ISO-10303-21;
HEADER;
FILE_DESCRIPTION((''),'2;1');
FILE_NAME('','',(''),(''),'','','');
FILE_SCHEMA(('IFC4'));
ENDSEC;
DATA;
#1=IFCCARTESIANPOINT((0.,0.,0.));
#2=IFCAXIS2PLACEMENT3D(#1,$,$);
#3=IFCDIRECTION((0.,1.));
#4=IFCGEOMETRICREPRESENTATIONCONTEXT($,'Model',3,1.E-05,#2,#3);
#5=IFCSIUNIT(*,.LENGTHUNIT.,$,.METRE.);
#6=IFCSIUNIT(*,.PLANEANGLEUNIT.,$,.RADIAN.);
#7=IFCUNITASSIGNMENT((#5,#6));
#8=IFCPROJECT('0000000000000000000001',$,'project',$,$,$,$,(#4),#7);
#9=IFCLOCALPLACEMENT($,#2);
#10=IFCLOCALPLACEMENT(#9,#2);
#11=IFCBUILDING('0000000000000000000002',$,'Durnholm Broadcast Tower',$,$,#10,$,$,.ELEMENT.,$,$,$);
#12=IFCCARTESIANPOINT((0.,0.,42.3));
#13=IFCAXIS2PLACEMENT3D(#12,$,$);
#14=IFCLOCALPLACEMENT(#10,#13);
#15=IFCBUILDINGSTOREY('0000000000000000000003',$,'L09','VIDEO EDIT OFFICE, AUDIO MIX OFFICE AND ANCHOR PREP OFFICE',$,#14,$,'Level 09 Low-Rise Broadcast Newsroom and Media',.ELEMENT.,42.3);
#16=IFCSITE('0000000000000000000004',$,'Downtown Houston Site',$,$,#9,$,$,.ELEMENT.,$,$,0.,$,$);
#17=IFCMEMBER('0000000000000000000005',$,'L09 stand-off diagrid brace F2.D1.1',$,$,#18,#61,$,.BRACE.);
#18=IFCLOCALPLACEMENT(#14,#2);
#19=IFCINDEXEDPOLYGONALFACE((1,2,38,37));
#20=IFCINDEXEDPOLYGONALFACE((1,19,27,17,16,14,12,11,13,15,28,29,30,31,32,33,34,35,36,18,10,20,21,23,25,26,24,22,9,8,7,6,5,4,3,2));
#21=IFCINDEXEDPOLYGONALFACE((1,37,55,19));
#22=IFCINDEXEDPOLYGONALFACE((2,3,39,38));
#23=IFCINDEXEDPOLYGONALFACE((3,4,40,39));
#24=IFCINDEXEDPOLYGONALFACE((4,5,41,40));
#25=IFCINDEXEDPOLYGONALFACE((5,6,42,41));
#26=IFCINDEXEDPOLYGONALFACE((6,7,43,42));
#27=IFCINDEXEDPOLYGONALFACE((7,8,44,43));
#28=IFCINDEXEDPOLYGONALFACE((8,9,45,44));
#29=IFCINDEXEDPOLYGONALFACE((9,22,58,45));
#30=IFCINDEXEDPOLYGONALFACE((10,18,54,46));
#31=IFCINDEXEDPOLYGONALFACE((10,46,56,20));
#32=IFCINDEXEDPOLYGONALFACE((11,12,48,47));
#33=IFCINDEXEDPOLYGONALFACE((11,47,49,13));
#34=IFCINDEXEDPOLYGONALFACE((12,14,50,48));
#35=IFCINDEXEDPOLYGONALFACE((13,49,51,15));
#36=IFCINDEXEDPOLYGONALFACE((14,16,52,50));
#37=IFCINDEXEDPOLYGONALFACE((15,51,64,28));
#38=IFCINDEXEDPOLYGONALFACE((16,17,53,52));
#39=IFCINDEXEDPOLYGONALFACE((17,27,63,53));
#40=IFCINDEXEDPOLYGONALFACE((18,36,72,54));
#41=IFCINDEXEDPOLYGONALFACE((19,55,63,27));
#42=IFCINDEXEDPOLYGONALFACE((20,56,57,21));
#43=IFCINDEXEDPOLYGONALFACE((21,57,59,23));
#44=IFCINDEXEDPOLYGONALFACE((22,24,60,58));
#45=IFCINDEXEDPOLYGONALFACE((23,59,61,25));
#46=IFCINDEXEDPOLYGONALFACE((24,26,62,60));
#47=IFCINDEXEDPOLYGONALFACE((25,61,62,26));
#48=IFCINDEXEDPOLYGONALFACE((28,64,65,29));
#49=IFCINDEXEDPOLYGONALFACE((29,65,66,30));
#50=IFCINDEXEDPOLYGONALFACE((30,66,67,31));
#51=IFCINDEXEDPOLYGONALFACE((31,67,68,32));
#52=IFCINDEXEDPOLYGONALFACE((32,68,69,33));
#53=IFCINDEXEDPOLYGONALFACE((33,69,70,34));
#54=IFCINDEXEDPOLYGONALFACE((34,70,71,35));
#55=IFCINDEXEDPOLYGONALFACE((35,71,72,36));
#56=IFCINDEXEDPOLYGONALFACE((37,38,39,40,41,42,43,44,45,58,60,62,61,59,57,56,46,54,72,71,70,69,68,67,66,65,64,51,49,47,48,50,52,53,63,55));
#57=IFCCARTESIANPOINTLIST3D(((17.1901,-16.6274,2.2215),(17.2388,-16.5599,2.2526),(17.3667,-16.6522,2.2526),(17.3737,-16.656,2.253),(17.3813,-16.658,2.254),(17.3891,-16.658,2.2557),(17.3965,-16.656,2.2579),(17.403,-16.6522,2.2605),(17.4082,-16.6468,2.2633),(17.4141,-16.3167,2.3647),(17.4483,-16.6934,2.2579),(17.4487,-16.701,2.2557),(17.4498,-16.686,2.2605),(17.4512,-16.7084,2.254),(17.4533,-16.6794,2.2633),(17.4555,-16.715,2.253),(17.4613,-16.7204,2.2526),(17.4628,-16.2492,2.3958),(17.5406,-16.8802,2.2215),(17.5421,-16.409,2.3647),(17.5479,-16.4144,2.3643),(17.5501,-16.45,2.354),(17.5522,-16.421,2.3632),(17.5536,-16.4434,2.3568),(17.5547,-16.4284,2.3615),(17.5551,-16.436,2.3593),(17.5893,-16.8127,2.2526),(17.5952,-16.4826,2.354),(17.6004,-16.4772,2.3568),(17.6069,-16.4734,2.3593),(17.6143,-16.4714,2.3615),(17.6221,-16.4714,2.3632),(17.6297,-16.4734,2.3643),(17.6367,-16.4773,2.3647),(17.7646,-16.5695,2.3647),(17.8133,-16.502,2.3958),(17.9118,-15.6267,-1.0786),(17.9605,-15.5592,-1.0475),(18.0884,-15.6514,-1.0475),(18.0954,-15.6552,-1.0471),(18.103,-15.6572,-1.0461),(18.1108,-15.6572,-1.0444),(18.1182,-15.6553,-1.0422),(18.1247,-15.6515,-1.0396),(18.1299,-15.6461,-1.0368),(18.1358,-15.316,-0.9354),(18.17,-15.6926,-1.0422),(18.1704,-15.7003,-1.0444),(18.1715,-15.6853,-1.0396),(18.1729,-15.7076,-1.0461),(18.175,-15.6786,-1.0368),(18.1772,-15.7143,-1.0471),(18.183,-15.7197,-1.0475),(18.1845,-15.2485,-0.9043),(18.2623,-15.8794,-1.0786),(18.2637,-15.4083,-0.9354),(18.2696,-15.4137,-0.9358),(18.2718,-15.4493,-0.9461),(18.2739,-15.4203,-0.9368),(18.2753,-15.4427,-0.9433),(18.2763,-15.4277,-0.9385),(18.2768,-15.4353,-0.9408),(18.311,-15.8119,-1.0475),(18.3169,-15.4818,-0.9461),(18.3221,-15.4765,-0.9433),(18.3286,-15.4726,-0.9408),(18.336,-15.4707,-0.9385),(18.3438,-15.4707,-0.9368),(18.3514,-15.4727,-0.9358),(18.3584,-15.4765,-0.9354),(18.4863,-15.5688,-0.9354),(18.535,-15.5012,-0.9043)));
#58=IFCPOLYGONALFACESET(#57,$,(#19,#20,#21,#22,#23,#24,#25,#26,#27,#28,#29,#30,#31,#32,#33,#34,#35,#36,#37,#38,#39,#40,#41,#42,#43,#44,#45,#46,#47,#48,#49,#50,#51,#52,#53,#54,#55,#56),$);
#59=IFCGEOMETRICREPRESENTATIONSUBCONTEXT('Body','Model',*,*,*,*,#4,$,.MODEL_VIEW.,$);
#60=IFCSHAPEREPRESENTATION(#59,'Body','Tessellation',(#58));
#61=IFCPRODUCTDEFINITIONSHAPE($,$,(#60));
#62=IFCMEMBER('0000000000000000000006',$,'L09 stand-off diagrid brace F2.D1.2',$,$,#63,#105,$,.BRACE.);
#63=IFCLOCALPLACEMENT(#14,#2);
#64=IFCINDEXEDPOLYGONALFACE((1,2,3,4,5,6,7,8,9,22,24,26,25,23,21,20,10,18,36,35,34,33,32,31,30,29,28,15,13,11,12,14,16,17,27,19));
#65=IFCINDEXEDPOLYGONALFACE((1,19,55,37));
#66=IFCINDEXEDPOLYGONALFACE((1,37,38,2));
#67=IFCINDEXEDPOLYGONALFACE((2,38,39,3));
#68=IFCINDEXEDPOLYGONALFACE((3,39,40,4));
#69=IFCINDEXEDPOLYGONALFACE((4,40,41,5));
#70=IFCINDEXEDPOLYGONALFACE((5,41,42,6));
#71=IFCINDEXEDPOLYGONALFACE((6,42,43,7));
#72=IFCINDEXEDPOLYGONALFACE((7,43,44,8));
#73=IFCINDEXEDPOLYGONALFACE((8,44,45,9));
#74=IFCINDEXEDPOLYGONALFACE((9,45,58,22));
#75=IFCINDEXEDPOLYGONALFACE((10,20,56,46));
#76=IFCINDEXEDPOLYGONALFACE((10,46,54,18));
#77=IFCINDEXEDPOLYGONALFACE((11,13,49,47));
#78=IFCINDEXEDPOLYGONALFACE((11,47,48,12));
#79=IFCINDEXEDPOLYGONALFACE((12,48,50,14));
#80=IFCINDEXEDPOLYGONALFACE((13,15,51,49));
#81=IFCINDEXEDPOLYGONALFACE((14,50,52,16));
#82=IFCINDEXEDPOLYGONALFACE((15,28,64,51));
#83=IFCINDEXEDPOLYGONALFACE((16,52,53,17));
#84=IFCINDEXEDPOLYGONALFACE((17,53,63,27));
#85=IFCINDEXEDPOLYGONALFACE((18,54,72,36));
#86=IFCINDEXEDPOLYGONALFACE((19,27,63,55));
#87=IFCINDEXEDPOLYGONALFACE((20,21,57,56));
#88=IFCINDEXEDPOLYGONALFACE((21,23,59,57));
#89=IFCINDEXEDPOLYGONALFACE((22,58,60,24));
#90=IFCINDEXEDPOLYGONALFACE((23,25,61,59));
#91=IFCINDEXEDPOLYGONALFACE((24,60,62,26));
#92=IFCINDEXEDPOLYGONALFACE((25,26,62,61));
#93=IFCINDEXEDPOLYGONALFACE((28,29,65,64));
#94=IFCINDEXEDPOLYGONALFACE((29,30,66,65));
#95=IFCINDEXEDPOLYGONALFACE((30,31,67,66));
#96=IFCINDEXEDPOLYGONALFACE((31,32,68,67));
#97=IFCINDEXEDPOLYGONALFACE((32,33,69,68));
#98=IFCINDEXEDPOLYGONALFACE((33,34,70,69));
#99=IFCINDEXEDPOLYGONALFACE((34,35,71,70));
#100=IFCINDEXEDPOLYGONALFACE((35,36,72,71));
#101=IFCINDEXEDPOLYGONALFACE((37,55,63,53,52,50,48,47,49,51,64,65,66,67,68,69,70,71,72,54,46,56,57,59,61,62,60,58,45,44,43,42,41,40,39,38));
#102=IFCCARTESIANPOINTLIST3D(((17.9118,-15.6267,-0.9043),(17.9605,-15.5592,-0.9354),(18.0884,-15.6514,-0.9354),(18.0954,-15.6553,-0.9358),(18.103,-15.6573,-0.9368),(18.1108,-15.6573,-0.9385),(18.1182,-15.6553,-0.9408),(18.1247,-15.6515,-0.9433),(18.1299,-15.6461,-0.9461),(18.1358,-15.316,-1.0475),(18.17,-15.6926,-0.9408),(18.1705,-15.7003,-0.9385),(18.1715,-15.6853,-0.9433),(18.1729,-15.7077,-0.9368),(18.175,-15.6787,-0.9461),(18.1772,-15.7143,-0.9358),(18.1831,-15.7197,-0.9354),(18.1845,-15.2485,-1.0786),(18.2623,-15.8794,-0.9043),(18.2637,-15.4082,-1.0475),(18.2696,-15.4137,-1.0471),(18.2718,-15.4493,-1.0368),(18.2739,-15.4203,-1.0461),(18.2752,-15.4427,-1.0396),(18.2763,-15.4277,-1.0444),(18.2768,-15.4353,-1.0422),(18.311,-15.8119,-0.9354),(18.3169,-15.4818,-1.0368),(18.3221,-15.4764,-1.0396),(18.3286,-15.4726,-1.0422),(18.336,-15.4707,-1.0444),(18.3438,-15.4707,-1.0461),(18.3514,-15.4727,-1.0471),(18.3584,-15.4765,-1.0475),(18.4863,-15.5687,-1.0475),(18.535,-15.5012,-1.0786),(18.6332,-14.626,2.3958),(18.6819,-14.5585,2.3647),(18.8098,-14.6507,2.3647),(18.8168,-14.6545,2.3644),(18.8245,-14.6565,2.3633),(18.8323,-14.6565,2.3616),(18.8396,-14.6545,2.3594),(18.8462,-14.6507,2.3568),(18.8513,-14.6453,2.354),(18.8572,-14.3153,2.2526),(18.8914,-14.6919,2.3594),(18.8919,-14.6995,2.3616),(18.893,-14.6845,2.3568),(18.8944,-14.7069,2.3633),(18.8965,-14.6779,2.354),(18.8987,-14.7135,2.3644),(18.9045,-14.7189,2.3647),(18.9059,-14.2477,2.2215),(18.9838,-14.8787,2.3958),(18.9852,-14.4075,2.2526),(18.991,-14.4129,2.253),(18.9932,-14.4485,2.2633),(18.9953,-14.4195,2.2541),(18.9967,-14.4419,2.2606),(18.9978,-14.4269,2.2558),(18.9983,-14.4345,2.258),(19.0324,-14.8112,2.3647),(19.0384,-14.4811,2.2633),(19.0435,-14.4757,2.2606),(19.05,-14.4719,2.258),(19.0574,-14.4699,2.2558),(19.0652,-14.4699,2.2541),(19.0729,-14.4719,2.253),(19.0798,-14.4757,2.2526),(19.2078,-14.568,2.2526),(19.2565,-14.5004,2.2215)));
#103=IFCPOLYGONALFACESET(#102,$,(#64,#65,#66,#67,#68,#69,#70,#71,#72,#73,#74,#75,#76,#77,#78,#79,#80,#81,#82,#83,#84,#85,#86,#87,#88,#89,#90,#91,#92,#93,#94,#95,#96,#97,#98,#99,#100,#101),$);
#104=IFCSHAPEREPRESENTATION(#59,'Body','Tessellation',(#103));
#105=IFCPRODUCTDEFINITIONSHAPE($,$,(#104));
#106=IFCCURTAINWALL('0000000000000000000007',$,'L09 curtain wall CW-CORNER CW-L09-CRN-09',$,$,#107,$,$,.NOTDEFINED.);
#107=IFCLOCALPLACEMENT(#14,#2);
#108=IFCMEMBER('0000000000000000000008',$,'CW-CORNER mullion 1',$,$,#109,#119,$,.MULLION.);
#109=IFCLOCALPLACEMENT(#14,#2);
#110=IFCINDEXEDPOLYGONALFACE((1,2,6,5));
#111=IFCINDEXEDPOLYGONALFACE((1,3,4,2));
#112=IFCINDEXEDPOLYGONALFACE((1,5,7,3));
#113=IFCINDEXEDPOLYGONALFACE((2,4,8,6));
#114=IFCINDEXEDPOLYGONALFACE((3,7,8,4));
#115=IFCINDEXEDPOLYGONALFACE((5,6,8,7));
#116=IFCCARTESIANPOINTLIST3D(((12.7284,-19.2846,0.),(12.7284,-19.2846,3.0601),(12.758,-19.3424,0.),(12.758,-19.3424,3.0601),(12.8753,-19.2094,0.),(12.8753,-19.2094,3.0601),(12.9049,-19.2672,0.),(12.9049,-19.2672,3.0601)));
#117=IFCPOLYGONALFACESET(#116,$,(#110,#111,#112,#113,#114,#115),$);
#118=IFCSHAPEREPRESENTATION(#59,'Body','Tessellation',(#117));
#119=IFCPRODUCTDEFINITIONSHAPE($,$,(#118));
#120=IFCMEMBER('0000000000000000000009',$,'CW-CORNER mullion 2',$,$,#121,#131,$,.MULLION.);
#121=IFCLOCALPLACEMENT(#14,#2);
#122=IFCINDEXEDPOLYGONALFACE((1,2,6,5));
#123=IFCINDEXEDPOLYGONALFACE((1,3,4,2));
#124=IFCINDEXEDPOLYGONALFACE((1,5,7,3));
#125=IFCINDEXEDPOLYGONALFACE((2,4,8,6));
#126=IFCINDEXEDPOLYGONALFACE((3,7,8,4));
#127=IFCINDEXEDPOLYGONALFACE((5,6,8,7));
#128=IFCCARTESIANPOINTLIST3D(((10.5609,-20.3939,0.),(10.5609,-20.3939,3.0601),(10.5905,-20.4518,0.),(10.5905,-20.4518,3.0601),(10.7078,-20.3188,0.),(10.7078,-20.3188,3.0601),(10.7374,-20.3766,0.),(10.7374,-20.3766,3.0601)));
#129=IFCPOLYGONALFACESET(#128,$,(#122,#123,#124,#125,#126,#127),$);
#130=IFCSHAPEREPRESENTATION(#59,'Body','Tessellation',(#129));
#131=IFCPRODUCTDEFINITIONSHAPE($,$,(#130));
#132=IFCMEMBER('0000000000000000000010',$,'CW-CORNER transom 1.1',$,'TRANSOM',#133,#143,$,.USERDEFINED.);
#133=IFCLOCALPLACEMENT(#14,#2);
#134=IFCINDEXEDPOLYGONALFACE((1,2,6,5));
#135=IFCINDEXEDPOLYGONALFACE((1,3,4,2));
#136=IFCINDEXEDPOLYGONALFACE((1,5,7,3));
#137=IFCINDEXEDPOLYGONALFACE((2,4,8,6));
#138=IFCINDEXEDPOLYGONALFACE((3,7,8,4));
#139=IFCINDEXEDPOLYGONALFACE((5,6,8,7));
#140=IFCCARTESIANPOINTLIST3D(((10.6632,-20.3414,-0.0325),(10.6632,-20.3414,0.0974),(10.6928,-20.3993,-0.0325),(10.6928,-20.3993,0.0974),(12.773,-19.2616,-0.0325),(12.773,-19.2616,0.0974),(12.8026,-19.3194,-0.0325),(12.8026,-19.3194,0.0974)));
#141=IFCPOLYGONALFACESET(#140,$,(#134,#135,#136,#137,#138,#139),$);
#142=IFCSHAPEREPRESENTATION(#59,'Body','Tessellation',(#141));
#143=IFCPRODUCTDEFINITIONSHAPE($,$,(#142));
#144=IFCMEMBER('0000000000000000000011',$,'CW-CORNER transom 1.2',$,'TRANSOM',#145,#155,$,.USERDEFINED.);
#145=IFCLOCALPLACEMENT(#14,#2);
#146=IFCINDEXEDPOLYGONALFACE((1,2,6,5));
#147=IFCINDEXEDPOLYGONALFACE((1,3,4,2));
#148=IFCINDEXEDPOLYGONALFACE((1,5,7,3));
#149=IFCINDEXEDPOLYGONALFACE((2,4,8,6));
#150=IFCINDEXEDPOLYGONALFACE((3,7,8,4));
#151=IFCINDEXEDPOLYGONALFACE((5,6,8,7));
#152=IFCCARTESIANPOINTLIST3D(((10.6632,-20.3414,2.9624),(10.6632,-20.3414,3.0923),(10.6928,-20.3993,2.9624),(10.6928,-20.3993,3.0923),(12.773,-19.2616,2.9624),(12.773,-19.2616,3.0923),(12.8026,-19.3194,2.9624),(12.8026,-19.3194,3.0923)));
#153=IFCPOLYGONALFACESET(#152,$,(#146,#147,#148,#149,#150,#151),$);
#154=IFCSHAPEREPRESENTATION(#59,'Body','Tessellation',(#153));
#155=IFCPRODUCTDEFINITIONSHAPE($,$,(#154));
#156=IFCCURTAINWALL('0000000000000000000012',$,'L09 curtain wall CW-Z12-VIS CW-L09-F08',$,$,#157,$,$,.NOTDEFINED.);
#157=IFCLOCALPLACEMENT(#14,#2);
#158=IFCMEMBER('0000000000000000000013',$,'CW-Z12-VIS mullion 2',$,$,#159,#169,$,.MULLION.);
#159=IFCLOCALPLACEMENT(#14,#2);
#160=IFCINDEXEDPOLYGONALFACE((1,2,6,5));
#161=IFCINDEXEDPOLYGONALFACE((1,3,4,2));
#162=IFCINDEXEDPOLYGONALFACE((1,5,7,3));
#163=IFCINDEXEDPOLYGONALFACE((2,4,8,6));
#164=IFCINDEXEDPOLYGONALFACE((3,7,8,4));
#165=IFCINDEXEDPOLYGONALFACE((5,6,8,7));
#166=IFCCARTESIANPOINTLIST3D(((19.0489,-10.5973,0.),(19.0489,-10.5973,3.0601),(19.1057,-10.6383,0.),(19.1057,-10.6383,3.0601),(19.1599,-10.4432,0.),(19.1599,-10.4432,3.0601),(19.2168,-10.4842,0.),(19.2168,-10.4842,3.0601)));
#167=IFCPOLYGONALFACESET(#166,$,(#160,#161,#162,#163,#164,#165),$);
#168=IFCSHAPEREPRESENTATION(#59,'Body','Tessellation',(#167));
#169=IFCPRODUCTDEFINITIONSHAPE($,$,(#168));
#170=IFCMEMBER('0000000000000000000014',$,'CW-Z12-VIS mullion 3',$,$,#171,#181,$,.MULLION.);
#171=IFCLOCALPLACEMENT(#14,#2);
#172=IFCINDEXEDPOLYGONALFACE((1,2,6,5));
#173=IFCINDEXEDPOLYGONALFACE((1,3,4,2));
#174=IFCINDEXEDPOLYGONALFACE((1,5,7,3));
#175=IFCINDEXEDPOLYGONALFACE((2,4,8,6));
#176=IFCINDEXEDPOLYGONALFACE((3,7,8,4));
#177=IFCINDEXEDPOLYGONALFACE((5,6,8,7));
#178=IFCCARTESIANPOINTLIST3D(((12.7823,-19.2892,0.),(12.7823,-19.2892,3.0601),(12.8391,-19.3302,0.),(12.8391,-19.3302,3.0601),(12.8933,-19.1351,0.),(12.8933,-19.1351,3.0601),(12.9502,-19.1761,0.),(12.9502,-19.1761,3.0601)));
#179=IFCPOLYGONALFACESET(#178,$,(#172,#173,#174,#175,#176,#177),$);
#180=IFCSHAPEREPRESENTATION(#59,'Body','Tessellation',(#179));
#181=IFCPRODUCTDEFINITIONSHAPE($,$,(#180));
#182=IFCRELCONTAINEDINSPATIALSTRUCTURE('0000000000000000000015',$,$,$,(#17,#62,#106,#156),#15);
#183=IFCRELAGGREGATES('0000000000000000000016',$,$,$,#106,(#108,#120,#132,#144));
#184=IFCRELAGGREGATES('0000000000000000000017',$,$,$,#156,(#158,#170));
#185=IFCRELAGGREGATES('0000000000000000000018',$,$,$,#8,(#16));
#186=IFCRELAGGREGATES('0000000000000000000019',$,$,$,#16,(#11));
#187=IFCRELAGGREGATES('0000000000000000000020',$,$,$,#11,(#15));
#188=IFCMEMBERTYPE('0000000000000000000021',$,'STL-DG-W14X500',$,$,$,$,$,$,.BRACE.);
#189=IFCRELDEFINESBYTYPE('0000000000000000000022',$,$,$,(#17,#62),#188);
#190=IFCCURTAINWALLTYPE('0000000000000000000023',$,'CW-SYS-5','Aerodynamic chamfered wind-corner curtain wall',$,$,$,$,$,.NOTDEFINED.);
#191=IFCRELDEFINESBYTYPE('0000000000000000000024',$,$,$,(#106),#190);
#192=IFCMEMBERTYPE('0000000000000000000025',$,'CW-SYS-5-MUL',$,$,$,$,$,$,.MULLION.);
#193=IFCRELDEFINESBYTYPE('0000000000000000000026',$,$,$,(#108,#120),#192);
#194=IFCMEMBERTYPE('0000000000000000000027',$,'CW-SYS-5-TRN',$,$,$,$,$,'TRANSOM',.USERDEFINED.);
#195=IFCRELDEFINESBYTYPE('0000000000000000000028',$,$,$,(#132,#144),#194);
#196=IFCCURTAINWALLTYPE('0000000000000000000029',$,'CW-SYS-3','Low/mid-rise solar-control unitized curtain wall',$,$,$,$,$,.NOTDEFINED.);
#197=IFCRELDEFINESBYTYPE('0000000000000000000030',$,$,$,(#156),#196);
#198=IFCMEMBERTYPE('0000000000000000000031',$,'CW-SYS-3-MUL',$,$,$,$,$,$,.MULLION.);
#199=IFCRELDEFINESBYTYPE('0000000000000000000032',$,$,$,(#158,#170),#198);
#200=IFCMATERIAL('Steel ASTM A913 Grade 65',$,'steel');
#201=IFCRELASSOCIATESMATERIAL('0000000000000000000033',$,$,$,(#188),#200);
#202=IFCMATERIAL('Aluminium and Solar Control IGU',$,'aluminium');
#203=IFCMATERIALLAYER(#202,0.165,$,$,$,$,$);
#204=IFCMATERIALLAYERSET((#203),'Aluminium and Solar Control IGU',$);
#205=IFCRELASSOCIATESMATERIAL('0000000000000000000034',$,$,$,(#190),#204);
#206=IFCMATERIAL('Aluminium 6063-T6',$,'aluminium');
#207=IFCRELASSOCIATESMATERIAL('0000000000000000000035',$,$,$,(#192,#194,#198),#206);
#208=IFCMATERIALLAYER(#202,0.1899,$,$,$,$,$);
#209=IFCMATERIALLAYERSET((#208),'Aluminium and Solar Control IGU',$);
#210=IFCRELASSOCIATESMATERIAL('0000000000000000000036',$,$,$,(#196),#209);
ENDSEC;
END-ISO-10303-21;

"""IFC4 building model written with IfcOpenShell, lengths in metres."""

from ifc_helpers import new_model, si_unit, direction, frame, origin, origin_2d, place, context, subcontext, project, spatial, rectangle, i_section, extrude, source, transform, mapped, material, layer, layer_set, material_profile, profile_set, type_object, type_shapes, element, aggregate, save


model = new_model("IFC4")

# Units and contexts
model_context = context("Model", 3, precision=1e-05, world=origin(), true_north=direction((0.0, 1.0)))
body_context = subcontext(model_context, "Body", "Model", "MODEL_VIEW")
ifc_project = project(units=[si_unit("LENGTHUNIT", "METRE"), si_unit("PLANEANGLEUNIT", "RADIAN")], contexts=[model_context])

# Site, building, storey
site_placement = place(None, origin())
site = spatial("IfcSite", under=ifc_project, at=site_placement, Name="Downtown Houston Site", CompositionType="ELEMENT", RefElevation=0.0)
building_placement = place(site_placement, origin())
building = spatial("IfcBuilding", under=site, at=building_placement, Name="Durnholm Broadcast Tower", CompositionType="ELEMENT")
storey_placement = place(building_placement, frame((0.0, 0.0, 42.3)))
storey = spatial("IfcBuildingStorey", under=building, at=storey_placement, Name="L09", Description="VIDEO EDIT OFFICE, AUDIO MIX OFFICE AND ANCHOR PREP OFFICE", LongName="Level 09 Low-Rise Broadcast Newsroom and Media", CompositionType="ELEMENT", Elevation=42.3)

# Members
ifc_material_1 = material(Name="Steel ASTM A913 Grade 65", Category="steel")
ifc_material_profile_1 = material_profile(ifc_material_1, i_section(OverallWidth=0.4321, OverallDepth=0.4978, WebThickness=0.0557, FlangeThickness=0.0889, FilletRadius=0.0305, at=origin_2d()), Name="W14X500")
ifc_profile_set_1 = profile_set([ifc_material_profile_1], Name="Steel ASTM A913 Grade 65")
member_type_1 = type_object("IfcMemberType", Name="STL-DG-W14X500", PredefinedType="BRACE", material=ifc_profile_set_1)
shared_shape_1 = source(origin(), body_context, "Body", "SweptSolid", [
    extrude(i_section(OverallWidth=0.4321, OverallDepth=0.4978, WebThickness=0.0557, FlangeThickness=0.0889, FilletRadius=0.0305, at=origin_2d()), origin(), (0.0, 0.0, 1.0), 3.5232),
])
type_shapes(member_type_1, [shared_shape_1])
for number, where, z_axis, x_axis, name in (
    (1, (18.2234, -15.564, -0.9915), (-0.204839, -0.284045, 0.936675), (0.811091, -0.58492, 0.0), "L09 stand-off diagrid brace F2.D1.1"),
    (2, (18.2234, -15.564, -0.9915), (0.204773, 0.284049, 0.936688), (-0.811185, 0.584789, 0.0), "L09 stand-off diagrid brace F2.D1.2"),
):
    element("IfcMember", number, at=place(storey_placement, frame(where, z_axis=z_axis, x_axis=x_axis)), inside=storey, type_object=member_type_1, Name=name, PredefinedType="BRACE", context=body_context, shape_type="MappedRepresentation", body=[
        mapped(shared_shape_1, transform((0.0, 0.0, 0.0), x_axis=(1.0, 0.0, 0.0), y_axis=(0.0, 1.0, 0.0), z_axis=(0.0, 0.0, 1.0), scale=1.0)),
    ])

# Curtain walls, members
ifc_material_2 = material(Name="Aluminium and Solar Control IGU", Category="aluminium")
ifc_layer_1 = layer(ifc_material_2, 0.165)
ifc_layer_set_1 = layer_set([ifc_layer_1], Name="Aluminium and Solar Control IGU")
curtain_wall_type_1 = type_object("IfcCurtainWallType", Name="CW-SYS-5", Description="Aerodynamic chamfered wind-corner curtain wall", PredefinedType="NOTDEFINED", material=ifc_layer_set_1)
curtain_wall_1_placement = place(storey_placement, origin())
curtain_wall_1 = element("IfcCurtainWall", 3, at=curtain_wall_1_placement, inside=storey, type_object=curtain_wall_type_1, Name="L09 curtain wall CW-CORNER CW-L09-CRN-09", PredefinedType="NOTDEFINED")
ifc_material_3 = material(Name="Aluminium 6063-T6", Category="aluminium")
ifc_material_profile_2 = material_profile(ifc_material_3, rectangle(XDim=0.0649, YDim=0.165, at=origin_2d()), Name="CWM65X165")
ifc_profile_set_2 = profile_set([ifc_material_profile_2], Name="Aluminium 6063-T6")
member_type_2 = type_object("IfcMemberType", Name="CW-SYS-5-MUL", PredefinedType="MULLION", material=ifc_profile_set_2)
shared_shape_2 = source(origin(), body_context, "Body", "SweptSolid", [
    extrude(rectangle(XDim=0.0649, YDim=0.165, at=origin_2d()), origin(), (0.0, 0.0, 1.0), 3.0601),
])
type_shapes(member_type_2, [shared_shape_2])
member_1_placement = place(storey_placement, frame((12.8167, -19.2759, 0.0), z_axis=(0.0, 0.0, 1.0), x_axis=(0.455594, -0.890188, 0.0)))
member_1 = element("IfcMember", 4, at=member_1_placement, type_object=member_type_2, Name="CW-CORNER mullion 1", PredefinedType="MULLION", context=body_context, shape_type="MappedRepresentation", body=[
    mapped(shared_shape_2, transform((0.0, 0.0, 0.0), x_axis=(1.0, 0.0, 0.0), y_axis=(0.0, 1.0, 0.0), z_axis=(0.0, 0.0, 1.0), scale=1.0)),
])
member_2_placement = place(storey_placement, frame((10.6492, -20.3853, 0.0), z_axis=(0.0, 0.0, 1.0), x_axis=(0.455594, -0.890188, 0.0)))
member_2 = element("IfcMember", 5, at=member_2_placement, type_object=member_type_2, Name="CW-CORNER mullion 2", PredefinedType="MULLION", context=body_context, shape_type="MappedRepresentation", body=[
    mapped(shared_shape_2, transform((0.0, 0.0, 0.0), x_axis=(1.0, 0.0, 0.0), y_axis=(0.0, 1.0, 0.0), z_axis=(0.0, 0.0, 1.0), scale=1.0)),
])
ifc_material_profile_3 = material_profile(ifc_material_3, rectangle(XDim=0.0649, YDim=0.1299, at=origin_2d()), Name="CWT65X130")
ifc_profile_set_3 = profile_set([ifc_material_profile_3], Name="Aluminium 6063-T6")
member_type_3 = type_object("IfcMemberType", Name="CW-SYS-5-TRN", ElementType="TRANSOM", PredefinedType="USERDEFINED", material=ifc_profile_set_3)
shared_shape_3 = source(origin(), body_context, "Body", "SweptSolid", [
    extrude(rectangle(XDim=0.0649, YDim=0.1299, at=origin_2d()), origin(), (0.0, 0.0, 1.0), 2.3701),
])
type_shapes(member_type_3, [shared_shape_3])
member_3_placement = place(storey_placement, frame((12.7878, -19.2905, 0.0325), z_axis=(-0.890185, -0.455599, 0.0), x_axis=(0.455599, -0.890185, 0.0)))
member_3 = element("IfcMember", 6, at=member_3_placement, type_object=member_type_3, Name="CW-CORNER transom 1.1", ObjectType="TRANSOM", PredefinedType="USERDEFINED", context=body_context, shape_type="MappedRepresentation", body=[
    mapped(shared_shape_3, transform((0.0, 0.0, 0.0), x_axis=(1.0, 0.0, 0.0), y_axis=(0.0, 1.0, 0.0), z_axis=(0.0, 0.0, 1.0), scale=1.0)),
])
member_4_placement = place(storey_placement, frame((12.7878, -19.2905, 3.0273), z_axis=(-0.890185, -0.455599, 0.0), x_axis=(0.455599, -0.890185, 0.0)))
member_4 = element("IfcMember", 7, at=member_4_placement, type_object=member_type_3, Name="CW-CORNER transom 1.2", ObjectType="TRANSOM", PredefinedType="USERDEFINED", context=body_context, shape_type="MappedRepresentation", body=[
    mapped(shared_shape_3, transform((0.0, 0.0, 0.0), x_axis=(1.0, 0.0, 0.0), y_axis=(0.0, 1.0, 0.0), z_axis=(0.0, 0.0, 1.0), scale=1.0)),
])
ifc_layer_2 = layer(ifc_material_2, 0.1899)
ifc_layer_set_2 = layer_set([ifc_layer_2], Name="Aluminium and Solar Control IGU")
curtain_wall_type_2 = type_object("IfcCurtainWallType", Name="CW-SYS-3", Description="Low/mid-rise solar-control unitized curtain wall", PredefinedType="NOTDEFINED", material=ifc_layer_set_2)
curtain_wall_2_placement = place(storey_placement, origin())
curtain_wall_2 = element("IfcCurtainWall", 8, at=curtain_wall_2_placement, inside=storey, type_object=curtain_wall_type_2, Name="L09 curtain wall CW-Z12-VIS CW-L09-F08", PredefinedType="NOTDEFINED")
ifc_material_profile_4 = material_profile(ifc_material_3, rectangle(XDim=0.0701, YDim=0.1899, at=origin_2d()), Name="CWM70X190")
ifc_profile_set_4 = profile_set([ifc_material_profile_4], Name="Aluminium 6063-T6")
member_type_4 = type_object("IfcMemberType", Name="CW-SYS-3-MUL", PredefinedType="MULLION", material=ifc_profile_set_4)
shared_shape_4 = source(origin(), body_context, "Body", "SweptSolid", [
    extrude(rectangle(XDim=0.0701, YDim=0.1899, at=origin_2d()), origin(), (0.0, 0.0, 1.0), 3.0601),
])
type_shapes(member_type_4, [shared_shape_4])
member_5_placement = place(storey_placement, frame((19.1328, -10.5408, 0.0), z_axis=(0.0, 0.0, 1.0), x_axis=(0.811161, -0.584823, 0.0)))
member_5 = element("IfcMember", 9, at=member_5_placement, type_object=member_type_4, Name="CW-Z12-VIS mullion 2", PredefinedType="MULLION", context=body_context, shape_type="MappedRepresentation", body=[
    mapped(shared_shape_4, transform((0.0, 0.0, 0.0), x_axis=(1.0, 0.0, 0.0), y_axis=(0.0, 1.0, 0.0), z_axis=(0.0, 0.0, 1.0), scale=1.0)),
])
member_6_placement = place(storey_placement, frame((12.8662, -19.2327, 0.0), z_axis=(0.0, 0.0, 1.0), x_axis=(0.811161, -0.584823, 0.0)))
member_6 = element("IfcMember", 10, at=member_6_placement, type_object=member_type_4, Name="CW-Z12-VIS mullion 3", PredefinedType="MULLION", context=body_context, shape_type="MappedRepresentation", body=[
    mapped(shared_shape_4, transform((0.0, 0.0, 0.0), x_axis=(1.0, 0.0, 0.0), y_axis=(0.0, 1.0, 0.0), z_axis=(0.0, 0.0, 1.0), scale=1.0)),
])

aggregate(curtain_wall_1, [member_1, member_2, member_3, member_4])
aggregate(curtain_wall_2, [member_5, member_6])

save(model, "model.ifc")
